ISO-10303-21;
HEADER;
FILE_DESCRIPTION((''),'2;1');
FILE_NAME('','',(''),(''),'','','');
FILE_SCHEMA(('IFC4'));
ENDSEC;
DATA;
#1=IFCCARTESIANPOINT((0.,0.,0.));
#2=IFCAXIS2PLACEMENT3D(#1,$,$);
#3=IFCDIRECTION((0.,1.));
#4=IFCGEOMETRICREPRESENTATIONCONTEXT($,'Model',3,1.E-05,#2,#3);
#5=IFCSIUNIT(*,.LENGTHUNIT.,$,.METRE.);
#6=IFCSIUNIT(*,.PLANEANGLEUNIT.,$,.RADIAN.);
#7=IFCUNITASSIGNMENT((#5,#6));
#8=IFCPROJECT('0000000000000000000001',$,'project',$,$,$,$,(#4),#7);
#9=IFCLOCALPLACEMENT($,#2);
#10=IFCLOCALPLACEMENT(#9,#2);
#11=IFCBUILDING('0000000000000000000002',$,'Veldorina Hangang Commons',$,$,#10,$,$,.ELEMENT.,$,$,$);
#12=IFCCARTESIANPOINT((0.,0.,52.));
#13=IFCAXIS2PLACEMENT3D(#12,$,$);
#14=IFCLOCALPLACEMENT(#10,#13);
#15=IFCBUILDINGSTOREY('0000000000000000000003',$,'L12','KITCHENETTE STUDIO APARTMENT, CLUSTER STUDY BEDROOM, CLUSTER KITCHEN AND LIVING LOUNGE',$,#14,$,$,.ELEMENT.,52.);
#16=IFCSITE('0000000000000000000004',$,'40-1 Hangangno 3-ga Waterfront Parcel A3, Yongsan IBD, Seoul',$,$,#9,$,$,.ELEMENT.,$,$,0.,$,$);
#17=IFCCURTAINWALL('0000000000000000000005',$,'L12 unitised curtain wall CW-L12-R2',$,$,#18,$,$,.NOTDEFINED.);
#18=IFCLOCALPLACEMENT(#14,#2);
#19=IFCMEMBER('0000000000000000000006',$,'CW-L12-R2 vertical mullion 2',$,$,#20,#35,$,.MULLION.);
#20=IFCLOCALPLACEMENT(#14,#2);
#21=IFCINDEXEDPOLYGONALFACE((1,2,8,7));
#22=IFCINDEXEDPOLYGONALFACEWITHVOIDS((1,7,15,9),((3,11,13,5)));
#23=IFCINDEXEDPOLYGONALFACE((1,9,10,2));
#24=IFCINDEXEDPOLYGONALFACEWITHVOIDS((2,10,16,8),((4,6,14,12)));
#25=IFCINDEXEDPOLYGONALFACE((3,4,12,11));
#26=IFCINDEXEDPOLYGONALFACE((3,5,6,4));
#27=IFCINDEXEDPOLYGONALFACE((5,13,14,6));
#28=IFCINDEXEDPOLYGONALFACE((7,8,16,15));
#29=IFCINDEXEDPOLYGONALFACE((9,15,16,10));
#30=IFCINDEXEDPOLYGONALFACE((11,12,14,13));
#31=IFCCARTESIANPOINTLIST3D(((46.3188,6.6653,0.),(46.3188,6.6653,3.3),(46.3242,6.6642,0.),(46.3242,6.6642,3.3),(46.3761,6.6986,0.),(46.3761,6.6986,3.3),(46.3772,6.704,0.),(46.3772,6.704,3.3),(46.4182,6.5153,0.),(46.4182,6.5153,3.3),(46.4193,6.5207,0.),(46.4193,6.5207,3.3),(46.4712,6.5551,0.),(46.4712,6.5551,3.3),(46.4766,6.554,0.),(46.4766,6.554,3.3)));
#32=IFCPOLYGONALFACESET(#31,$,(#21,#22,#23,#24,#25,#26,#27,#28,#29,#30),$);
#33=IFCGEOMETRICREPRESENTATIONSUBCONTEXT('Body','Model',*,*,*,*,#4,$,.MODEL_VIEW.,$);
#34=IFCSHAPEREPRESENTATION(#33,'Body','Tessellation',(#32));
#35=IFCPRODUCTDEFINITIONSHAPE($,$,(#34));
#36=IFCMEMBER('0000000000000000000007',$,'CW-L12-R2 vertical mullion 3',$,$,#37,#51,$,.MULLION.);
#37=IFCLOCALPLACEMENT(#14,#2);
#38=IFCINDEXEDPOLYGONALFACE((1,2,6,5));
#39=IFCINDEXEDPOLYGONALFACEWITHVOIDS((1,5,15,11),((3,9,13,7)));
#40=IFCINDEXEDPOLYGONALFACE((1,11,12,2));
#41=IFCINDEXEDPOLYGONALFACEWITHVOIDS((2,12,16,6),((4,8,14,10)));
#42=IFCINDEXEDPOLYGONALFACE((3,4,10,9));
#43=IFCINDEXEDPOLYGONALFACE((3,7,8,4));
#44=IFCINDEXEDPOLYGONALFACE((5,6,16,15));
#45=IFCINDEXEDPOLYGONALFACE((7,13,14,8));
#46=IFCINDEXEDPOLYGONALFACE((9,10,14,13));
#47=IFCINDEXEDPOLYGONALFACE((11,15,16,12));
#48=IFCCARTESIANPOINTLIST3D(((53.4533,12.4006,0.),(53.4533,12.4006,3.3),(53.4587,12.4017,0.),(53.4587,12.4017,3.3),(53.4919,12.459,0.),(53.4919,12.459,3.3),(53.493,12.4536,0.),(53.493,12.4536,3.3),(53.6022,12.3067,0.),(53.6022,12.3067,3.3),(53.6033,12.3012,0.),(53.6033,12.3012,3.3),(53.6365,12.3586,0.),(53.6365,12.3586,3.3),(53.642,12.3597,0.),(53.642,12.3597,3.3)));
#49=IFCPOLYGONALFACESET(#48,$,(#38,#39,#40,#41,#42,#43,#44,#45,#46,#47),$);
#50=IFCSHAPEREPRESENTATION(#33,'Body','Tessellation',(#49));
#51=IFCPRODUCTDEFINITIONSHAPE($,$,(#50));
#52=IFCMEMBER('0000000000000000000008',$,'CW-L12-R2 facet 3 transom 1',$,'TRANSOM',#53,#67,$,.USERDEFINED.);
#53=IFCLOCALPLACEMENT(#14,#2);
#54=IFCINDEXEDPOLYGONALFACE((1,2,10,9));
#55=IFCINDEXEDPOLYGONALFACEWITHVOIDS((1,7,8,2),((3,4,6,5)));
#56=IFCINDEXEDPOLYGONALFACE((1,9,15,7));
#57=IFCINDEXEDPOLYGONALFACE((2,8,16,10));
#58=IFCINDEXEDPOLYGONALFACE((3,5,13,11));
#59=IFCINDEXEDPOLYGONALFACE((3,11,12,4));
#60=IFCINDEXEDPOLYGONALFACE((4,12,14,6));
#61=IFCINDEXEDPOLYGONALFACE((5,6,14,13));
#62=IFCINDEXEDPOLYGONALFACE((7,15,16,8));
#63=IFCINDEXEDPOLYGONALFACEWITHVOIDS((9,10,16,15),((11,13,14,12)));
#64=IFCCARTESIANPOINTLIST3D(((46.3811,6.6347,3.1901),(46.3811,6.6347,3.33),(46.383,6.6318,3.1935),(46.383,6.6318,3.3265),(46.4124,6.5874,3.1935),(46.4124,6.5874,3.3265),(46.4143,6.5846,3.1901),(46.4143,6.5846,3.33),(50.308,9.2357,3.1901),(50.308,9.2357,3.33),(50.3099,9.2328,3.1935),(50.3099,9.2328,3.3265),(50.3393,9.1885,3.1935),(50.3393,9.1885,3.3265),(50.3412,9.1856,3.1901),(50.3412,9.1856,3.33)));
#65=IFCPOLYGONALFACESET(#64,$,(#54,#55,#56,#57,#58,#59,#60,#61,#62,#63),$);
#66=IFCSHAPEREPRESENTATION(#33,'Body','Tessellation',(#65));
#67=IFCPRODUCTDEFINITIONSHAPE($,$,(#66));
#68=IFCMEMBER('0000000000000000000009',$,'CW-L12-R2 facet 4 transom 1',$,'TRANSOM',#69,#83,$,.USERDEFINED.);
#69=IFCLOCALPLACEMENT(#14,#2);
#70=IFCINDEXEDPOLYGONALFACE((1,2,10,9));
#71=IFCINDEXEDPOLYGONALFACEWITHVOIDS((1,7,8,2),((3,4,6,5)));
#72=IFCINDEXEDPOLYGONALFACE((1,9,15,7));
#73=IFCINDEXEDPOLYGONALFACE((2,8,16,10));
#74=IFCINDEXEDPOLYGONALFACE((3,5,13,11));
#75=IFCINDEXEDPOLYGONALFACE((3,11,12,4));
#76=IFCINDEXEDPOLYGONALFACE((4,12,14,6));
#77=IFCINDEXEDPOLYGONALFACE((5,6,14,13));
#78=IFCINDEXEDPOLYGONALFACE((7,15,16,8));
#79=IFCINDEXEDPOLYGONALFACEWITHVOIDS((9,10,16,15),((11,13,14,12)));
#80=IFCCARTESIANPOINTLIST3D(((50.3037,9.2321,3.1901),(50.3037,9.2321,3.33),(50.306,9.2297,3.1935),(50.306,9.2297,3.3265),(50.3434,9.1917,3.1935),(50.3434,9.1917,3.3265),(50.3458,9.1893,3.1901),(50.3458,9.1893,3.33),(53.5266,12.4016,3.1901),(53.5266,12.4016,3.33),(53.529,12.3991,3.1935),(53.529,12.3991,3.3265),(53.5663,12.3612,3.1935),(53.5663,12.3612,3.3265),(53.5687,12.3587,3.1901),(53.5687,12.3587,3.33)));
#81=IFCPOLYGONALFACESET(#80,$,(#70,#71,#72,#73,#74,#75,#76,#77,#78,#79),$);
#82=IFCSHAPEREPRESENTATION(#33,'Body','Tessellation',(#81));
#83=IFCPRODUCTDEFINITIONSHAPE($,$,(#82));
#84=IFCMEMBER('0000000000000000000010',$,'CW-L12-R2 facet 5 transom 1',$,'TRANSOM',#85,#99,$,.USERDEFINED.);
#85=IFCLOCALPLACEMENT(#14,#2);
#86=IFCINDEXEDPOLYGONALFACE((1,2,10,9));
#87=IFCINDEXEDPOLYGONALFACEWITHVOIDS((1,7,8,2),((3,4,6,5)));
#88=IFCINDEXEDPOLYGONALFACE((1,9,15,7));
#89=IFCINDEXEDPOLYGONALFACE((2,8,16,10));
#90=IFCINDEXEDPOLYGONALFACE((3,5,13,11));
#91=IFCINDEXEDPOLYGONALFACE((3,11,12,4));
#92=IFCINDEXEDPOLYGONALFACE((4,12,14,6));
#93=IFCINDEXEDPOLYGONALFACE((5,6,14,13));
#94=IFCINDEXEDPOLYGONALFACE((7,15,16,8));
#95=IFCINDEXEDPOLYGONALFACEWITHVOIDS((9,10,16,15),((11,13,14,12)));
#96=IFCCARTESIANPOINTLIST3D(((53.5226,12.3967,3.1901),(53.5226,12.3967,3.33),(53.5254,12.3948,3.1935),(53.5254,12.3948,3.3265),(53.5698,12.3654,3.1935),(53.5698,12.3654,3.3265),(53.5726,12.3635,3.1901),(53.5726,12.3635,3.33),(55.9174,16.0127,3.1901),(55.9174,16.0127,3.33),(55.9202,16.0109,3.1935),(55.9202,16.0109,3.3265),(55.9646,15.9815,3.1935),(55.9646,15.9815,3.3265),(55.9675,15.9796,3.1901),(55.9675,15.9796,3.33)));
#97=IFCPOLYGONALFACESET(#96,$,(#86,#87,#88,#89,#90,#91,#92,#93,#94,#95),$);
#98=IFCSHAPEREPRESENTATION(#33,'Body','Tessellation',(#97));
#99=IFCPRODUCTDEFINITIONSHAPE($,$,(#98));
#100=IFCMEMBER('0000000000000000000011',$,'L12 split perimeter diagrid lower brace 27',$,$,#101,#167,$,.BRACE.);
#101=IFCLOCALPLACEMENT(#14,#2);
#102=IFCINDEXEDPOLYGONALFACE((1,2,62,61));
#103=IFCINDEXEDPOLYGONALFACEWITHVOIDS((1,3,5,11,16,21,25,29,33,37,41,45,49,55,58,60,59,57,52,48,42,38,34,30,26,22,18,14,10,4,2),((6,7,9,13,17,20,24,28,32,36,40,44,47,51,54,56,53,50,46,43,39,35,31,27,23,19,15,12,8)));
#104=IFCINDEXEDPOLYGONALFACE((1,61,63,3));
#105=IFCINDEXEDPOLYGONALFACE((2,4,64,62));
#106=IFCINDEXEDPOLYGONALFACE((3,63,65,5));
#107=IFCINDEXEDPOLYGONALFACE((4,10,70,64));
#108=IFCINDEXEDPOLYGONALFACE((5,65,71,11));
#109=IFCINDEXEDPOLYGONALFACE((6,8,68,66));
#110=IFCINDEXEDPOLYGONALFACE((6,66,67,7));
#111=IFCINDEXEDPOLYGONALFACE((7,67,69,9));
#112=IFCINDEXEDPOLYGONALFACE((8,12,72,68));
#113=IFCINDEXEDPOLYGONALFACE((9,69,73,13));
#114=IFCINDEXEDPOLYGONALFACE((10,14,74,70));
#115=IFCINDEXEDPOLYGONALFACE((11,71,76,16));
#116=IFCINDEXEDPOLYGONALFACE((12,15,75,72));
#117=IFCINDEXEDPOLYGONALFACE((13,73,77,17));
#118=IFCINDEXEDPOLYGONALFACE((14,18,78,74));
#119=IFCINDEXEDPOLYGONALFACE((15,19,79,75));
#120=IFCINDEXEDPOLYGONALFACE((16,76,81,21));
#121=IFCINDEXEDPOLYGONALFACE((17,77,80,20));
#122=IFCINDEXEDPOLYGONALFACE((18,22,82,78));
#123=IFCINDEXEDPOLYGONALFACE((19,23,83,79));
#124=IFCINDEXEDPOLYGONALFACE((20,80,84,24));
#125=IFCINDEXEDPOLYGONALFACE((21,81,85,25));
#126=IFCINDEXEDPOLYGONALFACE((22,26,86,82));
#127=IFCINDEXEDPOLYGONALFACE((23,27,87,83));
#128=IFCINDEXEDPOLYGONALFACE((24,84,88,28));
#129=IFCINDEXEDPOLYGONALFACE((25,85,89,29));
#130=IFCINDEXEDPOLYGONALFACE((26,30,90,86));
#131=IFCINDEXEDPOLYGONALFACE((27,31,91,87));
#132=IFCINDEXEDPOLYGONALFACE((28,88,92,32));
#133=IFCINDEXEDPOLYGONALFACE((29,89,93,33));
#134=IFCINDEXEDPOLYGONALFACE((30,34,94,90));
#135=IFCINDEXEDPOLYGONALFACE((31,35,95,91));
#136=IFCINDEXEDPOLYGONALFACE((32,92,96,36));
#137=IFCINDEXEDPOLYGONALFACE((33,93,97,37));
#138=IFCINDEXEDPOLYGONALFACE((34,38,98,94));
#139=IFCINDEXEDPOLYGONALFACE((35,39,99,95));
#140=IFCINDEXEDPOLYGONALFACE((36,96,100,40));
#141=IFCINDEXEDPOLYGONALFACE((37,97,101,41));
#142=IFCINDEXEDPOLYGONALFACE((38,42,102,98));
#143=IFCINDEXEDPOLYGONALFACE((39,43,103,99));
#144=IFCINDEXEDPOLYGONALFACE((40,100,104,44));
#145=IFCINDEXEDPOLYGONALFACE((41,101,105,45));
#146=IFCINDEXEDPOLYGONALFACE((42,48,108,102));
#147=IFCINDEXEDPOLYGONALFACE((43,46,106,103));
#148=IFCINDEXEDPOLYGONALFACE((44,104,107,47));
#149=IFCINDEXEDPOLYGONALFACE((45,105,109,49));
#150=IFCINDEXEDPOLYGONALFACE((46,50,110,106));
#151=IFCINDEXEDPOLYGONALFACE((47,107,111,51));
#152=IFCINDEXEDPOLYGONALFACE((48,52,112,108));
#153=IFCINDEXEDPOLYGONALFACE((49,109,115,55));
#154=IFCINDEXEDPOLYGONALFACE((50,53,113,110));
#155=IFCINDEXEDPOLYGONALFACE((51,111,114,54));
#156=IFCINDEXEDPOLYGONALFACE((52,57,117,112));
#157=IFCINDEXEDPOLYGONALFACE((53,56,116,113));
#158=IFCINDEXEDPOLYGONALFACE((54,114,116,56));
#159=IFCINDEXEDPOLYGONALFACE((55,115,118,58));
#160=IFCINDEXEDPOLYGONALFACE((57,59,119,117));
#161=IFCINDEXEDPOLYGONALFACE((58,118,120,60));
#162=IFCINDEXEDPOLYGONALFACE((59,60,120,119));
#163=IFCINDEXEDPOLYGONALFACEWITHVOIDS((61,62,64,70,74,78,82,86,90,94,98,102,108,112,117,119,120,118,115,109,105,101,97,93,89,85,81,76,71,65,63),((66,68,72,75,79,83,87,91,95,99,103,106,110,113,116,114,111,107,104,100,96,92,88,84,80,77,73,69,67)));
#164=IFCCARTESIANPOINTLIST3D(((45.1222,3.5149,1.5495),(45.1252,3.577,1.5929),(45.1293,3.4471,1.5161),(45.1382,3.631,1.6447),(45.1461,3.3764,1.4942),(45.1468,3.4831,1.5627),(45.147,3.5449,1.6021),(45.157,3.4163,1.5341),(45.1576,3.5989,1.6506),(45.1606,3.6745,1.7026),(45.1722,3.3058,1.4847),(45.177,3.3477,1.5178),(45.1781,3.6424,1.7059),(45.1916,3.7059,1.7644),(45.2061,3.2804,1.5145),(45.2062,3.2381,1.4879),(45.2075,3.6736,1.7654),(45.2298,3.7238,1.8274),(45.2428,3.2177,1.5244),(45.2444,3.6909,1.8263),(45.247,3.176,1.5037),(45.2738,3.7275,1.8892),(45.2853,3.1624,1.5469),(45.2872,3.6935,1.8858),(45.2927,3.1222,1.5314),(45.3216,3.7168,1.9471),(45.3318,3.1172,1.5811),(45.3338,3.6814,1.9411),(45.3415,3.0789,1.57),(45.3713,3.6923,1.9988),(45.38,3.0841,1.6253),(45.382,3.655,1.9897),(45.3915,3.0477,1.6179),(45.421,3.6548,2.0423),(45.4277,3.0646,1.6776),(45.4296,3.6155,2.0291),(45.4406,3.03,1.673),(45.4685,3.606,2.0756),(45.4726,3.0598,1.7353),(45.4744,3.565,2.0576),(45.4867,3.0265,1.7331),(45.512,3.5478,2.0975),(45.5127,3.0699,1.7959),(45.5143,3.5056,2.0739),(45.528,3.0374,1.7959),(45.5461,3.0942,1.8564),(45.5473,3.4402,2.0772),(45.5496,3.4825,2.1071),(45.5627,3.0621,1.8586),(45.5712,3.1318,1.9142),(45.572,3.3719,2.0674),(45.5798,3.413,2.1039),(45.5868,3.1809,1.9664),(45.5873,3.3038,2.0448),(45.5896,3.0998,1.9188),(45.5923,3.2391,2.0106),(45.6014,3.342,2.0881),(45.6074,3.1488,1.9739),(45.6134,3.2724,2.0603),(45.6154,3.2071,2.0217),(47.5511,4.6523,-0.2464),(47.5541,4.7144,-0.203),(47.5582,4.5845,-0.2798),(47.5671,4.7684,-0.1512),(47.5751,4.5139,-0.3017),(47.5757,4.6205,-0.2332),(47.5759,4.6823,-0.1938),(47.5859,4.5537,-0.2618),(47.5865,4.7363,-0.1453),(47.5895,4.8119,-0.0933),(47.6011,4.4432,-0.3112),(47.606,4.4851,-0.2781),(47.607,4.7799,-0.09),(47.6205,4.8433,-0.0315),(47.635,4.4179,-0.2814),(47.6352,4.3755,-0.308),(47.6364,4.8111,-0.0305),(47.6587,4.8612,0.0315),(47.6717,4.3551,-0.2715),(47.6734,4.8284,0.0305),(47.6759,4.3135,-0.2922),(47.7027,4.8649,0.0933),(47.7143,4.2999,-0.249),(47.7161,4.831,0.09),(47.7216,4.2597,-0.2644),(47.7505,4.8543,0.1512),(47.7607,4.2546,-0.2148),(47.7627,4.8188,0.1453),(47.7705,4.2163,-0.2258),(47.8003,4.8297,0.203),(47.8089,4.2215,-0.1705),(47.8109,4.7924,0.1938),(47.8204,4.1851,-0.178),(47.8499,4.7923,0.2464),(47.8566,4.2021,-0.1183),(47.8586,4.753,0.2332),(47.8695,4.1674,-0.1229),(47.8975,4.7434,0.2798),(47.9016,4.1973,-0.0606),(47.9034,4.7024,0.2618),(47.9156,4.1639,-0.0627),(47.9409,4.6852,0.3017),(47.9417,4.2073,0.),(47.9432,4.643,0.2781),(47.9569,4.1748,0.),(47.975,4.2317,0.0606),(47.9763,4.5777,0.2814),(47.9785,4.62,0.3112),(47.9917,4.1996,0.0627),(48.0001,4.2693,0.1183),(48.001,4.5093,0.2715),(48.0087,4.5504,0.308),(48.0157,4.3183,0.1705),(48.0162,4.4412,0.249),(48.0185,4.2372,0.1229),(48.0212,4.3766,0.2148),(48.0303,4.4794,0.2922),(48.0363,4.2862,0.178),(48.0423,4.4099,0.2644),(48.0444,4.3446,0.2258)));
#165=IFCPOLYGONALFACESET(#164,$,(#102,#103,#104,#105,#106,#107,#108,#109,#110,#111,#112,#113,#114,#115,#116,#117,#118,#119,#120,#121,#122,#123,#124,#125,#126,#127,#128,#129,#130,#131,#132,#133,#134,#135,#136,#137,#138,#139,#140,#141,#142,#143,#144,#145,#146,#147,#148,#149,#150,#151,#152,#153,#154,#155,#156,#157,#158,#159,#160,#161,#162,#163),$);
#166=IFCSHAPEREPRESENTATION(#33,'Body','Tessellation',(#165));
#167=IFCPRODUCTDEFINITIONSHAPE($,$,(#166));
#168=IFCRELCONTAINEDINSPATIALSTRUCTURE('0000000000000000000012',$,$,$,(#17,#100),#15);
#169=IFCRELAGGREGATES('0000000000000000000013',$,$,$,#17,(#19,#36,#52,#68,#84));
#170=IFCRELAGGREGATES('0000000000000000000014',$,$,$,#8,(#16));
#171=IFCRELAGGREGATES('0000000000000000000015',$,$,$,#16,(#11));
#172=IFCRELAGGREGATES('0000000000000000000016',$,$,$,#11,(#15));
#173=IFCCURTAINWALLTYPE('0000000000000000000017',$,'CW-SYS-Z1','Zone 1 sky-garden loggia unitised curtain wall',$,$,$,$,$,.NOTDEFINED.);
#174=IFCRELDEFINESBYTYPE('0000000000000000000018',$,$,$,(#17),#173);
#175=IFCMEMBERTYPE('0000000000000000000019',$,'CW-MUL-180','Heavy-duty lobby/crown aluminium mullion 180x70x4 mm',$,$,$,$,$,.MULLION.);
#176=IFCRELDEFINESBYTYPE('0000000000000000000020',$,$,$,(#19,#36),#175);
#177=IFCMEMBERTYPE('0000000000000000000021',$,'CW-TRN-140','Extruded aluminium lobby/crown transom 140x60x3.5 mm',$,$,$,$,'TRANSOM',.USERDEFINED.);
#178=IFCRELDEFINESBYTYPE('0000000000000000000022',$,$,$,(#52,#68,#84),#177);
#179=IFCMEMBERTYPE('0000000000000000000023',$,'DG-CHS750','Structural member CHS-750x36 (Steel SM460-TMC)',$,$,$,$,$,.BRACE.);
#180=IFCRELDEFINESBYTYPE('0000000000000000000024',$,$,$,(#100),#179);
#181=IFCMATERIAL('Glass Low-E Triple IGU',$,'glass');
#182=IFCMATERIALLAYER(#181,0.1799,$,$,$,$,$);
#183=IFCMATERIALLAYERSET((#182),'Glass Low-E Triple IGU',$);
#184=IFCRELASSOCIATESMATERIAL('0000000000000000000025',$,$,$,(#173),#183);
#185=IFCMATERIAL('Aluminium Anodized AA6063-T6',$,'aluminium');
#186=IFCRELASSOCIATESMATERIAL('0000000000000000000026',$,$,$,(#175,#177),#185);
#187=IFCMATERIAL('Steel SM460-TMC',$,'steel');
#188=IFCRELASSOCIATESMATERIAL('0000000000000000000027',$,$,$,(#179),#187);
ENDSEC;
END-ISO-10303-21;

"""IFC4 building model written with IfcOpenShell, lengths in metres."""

from ifc_helpers import new_model, si_unit, direction, frame, origin, origin_2d, place, context, subcontext, project, spatial, hollow_rectangle, hollow_circle, extrude, material, layer, layer_set, material_profile, profile_set, type_object, element, aggregate, save


model = new_model("IFC4")

# Units and contexts
model_context = context("Model", 3, precision=1e-05, world=origin(), true_north=direction((0.0, 1.0)))
body_context = subcontext(model_context, "Body", "Model", "MODEL_VIEW")
ifc_project = project(units=[si_unit("LENGTHUNIT", "METRE"), si_unit("PLANEANGLEUNIT", "RADIAN")], contexts=[model_context])

# Site, building, storey
site_placement = place(None, origin())
site = spatial("IfcSite", under=ifc_project, at=site_placement, Name="40-1 Hangangno 3-ga Waterfront Parcel A3, Yongsan IBD, Seoul", CompositionType="ELEMENT", RefElevation=0.0)
building_placement = place(site_placement, origin())
building = spatial("IfcBuilding", under=site, at=building_placement, Name="Veldorina Hangang Commons", CompositionType="ELEMENT")
storey_placement = place(building_placement, frame((0.0, 0.0, 52.0)))
storey = spatial("IfcBuildingStorey", under=building, at=storey_placement, Name="L12", Description="KITCHENETTE STUDIO APARTMENT, CLUSTER STUDY BEDROOM, CLUSTER KITCHEN AND LIVING LOUNGE", CompositionType="ELEMENT", Elevation=52.0)

# Shared definitions
ifc_material_1 = material(Name="Steel SM460-TMC", Category="steel")

# Curtain wall, members
ifc_material_2 = material(Name="Glass Low-E Triple IGU", Category="glass")
ifc_layer_1 = layer(ifc_material_2, 0.1799)
ifc_layer_set_1 = layer_set([ifc_layer_1], Name="Glass Low-E Triple IGU")
curtain_wall_type = type_object("IfcCurtainWallType", Name="CW-SYS-Z1", Description="Zone 1 sky-garden loggia unitised curtain wall", PredefinedType="NOTDEFINED", material=ifc_layer_set_1)
curtain_wall_placement = place(storey_placement, origin())
curtain_wall = element("IfcCurtainWall", 1, at=curtain_wall_placement, inside=storey, type_object=curtain_wall_type, Name="L12 unitised curtain wall CW-L12-R2", PredefinedType="NOTDEFINED")
ifc_material_3 = material(Name="Aluminium Anodized AA6063-T6", Category="aluminium")
ifc_material_profile_1 = material_profile(ifc_material_3, hollow_rectangle(XDim=0.0701, YDim=0.1799, WallThickness=0.0039, at=origin_2d()), Name="ALU-RHS-180x70x4")
ifc_profile_set_1 = profile_set([ifc_material_profile_1], Name="Aluminium Anodized AA6063-T6")
member_type_1 = type_object("IfcMemberType", Name="CW-MUL-180", Description="Heavy-duty lobby/crown aluminium mullion 180x70x4 mm", PredefinedType="MULLION", material=ifc_profile_set_1)
member_1_placement = place(storey_placement, frame((46.3977, 6.6096, 0.0), z_axis=(0.0, 0.0, 1.0), x_axis=(0.833712, 0.552199, 0.0)))
member_1 = element("IfcMember", 2, at=member_1_placement, type_object=member_type_1, Name="CW-L12-R2 vertical mullion 2", PredefinedType="MULLION", context=body_context, shape_type="SweptSolid", body=[
    extrude(hollow_rectangle(XDim=0.0701, YDim=0.1799, WallThickness=0.0039, at=origin_2d()), origin(), (0.0, 0.0, 1.0), 3.3),
])
member_2_placement = place(storey_placement, frame((53.5476, 12.3801, 0.0), z_axis=(0.0, 0.0, 1.0), x_axis=(0.55217, 0.833732, 0.0)))
member_2 = element("IfcMember", 3, at=member_2_placement, type_object=member_type_1, Name="CW-L12-R2 vertical mullion 3", PredefinedType="MULLION", context=body_context, shape_type="SweptSolid", body=[
    extrude(hollow_rectangle(XDim=0.0701, YDim=0.1799, WallThickness=0.0039, at=origin_2d()), origin(), (0.0, 0.0, 1.0), 3.3),
])
ifc_material_profile_2 = material_profile(ifc_material_3, hollow_rectangle(XDim=0.0601, YDim=0.1399, WallThickness=0.0034, at=origin_2d()), Name="ALU-RHS-140x60x3.5")
ifc_profile_set_2 = profile_set([ifc_material_profile_2], Name="Aluminium Anodized AA6063-T6")
member_type_2 = type_object("IfcMemberType", Name="CW-TRN-140", Description="Extruded aluminium lobby/crown transom 140x60x3.5 mm", ElementType="TRANSOM", PredefinedType="USERDEFINED", material=ifc_profile_set_2)
member_3_placement = place(storey_placement, frame((46.3977, 6.6096, 3.26), z_axis=(0.833705, 0.55221, 0.0), x_axis=(-0.55221, 0.833705, 0.0)))
member_3 = element("IfcMember", 4, at=member_3_placement, type_object=member_type_2, Name="CW-L12-R2 facet 3 transom 1", ObjectType="TRANSOM", PredefinedType="USERDEFINED", context=body_context, shape_type="SweptSolid", body=[
    extrude(hollow_rectangle(XDim=0.0601, YDim=0.1399, WallThickness=0.0034, at=origin_2d()), origin(), (0.0, 0.0, 1.0), 4.7102),
])
member_4_placement = place(storey_placement, frame((50.3247, 9.2107, 3.26), z_axis=(0.712996, 0.701168, 0.0), x_axis=(-0.701168, 0.712996, 0.0)))
member_4 = element("IfcMember", 5, at=member_4_placement, type_object=member_type_2, Name="CW-L12-R2 facet 4 transom 1", ObjectType="TRANSOM", PredefinedType="USERDEFINED", context=body_context, shape_type="SweptSolid", body=[
    extrude(hollow_rectangle(XDim=0.0601, YDim=0.1399, WallThickness=0.0034, at=origin_2d()), origin(), (0.0, 0.0, 1.0), 4.5203),
])
member_5_placement = place(storey_placement, frame((53.5476, 12.3801, 3.26), z_axis=(0.552165, 0.833735, 0.0), x_axis=(-0.833735, 0.552165, 0.0)))
member_5 = element("IfcMember", 6, at=member_5_placement, type_object=member_type_2, Name="CW-L12-R2 facet 5 transom 1", ObjectType="TRANSOM", PredefinedType="USERDEFINED", context=body_context, shape_type="SweptSolid", body=[
    extrude(hollow_rectangle(XDim=0.0601, YDim=0.1399, WallThickness=0.0034, at=origin_2d()), origin(), (0.0, 0.0, 1.0), 4.3372),
])

# Member
ifc_material_profile_3 = material_profile(ifc_material_1, hollow_circle(Radius=0.375, WallThickness=0.0359, at=origin_2d()), Name="CHS-750x36")
ifc_profile_set_3 = profile_set([ifc_material_profile_3], Name="Steel SM460-TMC")
member_type_3 = type_object("IfcMemberType", Name="DG-CHS750", Description="Structural member CHS-750x36 (Steel SM460-TMC)", PredefinedType="BRACE", material=ifc_profile_set_3)
member_6_placement = place(storey_placement, frame((47.7979, 4.5144, 0.0), z_axis=(-0.752505, -0.352389, 0.55638), x_axis=(0.424091, -0.90562, 0.0)))
element("IfcMember", 7, at=member_6_placement, inside=storey, type_object=member_type_3, Name="L12 split perimeter diagrid lower brace 27", PredefinedType="BRACE", context=body_context, shape_type="SweptSolid", body=[
    extrude(hollow_circle(Radius=0.375, WallThickness=0.0359, at=origin_2d()), origin(), (0.0, 0.0, 1.0), 3.2278),
])

aggregate(curtain_wall, [member_1, member_2, member_3, member_4, member_5])

save(model, "model.ifc")
